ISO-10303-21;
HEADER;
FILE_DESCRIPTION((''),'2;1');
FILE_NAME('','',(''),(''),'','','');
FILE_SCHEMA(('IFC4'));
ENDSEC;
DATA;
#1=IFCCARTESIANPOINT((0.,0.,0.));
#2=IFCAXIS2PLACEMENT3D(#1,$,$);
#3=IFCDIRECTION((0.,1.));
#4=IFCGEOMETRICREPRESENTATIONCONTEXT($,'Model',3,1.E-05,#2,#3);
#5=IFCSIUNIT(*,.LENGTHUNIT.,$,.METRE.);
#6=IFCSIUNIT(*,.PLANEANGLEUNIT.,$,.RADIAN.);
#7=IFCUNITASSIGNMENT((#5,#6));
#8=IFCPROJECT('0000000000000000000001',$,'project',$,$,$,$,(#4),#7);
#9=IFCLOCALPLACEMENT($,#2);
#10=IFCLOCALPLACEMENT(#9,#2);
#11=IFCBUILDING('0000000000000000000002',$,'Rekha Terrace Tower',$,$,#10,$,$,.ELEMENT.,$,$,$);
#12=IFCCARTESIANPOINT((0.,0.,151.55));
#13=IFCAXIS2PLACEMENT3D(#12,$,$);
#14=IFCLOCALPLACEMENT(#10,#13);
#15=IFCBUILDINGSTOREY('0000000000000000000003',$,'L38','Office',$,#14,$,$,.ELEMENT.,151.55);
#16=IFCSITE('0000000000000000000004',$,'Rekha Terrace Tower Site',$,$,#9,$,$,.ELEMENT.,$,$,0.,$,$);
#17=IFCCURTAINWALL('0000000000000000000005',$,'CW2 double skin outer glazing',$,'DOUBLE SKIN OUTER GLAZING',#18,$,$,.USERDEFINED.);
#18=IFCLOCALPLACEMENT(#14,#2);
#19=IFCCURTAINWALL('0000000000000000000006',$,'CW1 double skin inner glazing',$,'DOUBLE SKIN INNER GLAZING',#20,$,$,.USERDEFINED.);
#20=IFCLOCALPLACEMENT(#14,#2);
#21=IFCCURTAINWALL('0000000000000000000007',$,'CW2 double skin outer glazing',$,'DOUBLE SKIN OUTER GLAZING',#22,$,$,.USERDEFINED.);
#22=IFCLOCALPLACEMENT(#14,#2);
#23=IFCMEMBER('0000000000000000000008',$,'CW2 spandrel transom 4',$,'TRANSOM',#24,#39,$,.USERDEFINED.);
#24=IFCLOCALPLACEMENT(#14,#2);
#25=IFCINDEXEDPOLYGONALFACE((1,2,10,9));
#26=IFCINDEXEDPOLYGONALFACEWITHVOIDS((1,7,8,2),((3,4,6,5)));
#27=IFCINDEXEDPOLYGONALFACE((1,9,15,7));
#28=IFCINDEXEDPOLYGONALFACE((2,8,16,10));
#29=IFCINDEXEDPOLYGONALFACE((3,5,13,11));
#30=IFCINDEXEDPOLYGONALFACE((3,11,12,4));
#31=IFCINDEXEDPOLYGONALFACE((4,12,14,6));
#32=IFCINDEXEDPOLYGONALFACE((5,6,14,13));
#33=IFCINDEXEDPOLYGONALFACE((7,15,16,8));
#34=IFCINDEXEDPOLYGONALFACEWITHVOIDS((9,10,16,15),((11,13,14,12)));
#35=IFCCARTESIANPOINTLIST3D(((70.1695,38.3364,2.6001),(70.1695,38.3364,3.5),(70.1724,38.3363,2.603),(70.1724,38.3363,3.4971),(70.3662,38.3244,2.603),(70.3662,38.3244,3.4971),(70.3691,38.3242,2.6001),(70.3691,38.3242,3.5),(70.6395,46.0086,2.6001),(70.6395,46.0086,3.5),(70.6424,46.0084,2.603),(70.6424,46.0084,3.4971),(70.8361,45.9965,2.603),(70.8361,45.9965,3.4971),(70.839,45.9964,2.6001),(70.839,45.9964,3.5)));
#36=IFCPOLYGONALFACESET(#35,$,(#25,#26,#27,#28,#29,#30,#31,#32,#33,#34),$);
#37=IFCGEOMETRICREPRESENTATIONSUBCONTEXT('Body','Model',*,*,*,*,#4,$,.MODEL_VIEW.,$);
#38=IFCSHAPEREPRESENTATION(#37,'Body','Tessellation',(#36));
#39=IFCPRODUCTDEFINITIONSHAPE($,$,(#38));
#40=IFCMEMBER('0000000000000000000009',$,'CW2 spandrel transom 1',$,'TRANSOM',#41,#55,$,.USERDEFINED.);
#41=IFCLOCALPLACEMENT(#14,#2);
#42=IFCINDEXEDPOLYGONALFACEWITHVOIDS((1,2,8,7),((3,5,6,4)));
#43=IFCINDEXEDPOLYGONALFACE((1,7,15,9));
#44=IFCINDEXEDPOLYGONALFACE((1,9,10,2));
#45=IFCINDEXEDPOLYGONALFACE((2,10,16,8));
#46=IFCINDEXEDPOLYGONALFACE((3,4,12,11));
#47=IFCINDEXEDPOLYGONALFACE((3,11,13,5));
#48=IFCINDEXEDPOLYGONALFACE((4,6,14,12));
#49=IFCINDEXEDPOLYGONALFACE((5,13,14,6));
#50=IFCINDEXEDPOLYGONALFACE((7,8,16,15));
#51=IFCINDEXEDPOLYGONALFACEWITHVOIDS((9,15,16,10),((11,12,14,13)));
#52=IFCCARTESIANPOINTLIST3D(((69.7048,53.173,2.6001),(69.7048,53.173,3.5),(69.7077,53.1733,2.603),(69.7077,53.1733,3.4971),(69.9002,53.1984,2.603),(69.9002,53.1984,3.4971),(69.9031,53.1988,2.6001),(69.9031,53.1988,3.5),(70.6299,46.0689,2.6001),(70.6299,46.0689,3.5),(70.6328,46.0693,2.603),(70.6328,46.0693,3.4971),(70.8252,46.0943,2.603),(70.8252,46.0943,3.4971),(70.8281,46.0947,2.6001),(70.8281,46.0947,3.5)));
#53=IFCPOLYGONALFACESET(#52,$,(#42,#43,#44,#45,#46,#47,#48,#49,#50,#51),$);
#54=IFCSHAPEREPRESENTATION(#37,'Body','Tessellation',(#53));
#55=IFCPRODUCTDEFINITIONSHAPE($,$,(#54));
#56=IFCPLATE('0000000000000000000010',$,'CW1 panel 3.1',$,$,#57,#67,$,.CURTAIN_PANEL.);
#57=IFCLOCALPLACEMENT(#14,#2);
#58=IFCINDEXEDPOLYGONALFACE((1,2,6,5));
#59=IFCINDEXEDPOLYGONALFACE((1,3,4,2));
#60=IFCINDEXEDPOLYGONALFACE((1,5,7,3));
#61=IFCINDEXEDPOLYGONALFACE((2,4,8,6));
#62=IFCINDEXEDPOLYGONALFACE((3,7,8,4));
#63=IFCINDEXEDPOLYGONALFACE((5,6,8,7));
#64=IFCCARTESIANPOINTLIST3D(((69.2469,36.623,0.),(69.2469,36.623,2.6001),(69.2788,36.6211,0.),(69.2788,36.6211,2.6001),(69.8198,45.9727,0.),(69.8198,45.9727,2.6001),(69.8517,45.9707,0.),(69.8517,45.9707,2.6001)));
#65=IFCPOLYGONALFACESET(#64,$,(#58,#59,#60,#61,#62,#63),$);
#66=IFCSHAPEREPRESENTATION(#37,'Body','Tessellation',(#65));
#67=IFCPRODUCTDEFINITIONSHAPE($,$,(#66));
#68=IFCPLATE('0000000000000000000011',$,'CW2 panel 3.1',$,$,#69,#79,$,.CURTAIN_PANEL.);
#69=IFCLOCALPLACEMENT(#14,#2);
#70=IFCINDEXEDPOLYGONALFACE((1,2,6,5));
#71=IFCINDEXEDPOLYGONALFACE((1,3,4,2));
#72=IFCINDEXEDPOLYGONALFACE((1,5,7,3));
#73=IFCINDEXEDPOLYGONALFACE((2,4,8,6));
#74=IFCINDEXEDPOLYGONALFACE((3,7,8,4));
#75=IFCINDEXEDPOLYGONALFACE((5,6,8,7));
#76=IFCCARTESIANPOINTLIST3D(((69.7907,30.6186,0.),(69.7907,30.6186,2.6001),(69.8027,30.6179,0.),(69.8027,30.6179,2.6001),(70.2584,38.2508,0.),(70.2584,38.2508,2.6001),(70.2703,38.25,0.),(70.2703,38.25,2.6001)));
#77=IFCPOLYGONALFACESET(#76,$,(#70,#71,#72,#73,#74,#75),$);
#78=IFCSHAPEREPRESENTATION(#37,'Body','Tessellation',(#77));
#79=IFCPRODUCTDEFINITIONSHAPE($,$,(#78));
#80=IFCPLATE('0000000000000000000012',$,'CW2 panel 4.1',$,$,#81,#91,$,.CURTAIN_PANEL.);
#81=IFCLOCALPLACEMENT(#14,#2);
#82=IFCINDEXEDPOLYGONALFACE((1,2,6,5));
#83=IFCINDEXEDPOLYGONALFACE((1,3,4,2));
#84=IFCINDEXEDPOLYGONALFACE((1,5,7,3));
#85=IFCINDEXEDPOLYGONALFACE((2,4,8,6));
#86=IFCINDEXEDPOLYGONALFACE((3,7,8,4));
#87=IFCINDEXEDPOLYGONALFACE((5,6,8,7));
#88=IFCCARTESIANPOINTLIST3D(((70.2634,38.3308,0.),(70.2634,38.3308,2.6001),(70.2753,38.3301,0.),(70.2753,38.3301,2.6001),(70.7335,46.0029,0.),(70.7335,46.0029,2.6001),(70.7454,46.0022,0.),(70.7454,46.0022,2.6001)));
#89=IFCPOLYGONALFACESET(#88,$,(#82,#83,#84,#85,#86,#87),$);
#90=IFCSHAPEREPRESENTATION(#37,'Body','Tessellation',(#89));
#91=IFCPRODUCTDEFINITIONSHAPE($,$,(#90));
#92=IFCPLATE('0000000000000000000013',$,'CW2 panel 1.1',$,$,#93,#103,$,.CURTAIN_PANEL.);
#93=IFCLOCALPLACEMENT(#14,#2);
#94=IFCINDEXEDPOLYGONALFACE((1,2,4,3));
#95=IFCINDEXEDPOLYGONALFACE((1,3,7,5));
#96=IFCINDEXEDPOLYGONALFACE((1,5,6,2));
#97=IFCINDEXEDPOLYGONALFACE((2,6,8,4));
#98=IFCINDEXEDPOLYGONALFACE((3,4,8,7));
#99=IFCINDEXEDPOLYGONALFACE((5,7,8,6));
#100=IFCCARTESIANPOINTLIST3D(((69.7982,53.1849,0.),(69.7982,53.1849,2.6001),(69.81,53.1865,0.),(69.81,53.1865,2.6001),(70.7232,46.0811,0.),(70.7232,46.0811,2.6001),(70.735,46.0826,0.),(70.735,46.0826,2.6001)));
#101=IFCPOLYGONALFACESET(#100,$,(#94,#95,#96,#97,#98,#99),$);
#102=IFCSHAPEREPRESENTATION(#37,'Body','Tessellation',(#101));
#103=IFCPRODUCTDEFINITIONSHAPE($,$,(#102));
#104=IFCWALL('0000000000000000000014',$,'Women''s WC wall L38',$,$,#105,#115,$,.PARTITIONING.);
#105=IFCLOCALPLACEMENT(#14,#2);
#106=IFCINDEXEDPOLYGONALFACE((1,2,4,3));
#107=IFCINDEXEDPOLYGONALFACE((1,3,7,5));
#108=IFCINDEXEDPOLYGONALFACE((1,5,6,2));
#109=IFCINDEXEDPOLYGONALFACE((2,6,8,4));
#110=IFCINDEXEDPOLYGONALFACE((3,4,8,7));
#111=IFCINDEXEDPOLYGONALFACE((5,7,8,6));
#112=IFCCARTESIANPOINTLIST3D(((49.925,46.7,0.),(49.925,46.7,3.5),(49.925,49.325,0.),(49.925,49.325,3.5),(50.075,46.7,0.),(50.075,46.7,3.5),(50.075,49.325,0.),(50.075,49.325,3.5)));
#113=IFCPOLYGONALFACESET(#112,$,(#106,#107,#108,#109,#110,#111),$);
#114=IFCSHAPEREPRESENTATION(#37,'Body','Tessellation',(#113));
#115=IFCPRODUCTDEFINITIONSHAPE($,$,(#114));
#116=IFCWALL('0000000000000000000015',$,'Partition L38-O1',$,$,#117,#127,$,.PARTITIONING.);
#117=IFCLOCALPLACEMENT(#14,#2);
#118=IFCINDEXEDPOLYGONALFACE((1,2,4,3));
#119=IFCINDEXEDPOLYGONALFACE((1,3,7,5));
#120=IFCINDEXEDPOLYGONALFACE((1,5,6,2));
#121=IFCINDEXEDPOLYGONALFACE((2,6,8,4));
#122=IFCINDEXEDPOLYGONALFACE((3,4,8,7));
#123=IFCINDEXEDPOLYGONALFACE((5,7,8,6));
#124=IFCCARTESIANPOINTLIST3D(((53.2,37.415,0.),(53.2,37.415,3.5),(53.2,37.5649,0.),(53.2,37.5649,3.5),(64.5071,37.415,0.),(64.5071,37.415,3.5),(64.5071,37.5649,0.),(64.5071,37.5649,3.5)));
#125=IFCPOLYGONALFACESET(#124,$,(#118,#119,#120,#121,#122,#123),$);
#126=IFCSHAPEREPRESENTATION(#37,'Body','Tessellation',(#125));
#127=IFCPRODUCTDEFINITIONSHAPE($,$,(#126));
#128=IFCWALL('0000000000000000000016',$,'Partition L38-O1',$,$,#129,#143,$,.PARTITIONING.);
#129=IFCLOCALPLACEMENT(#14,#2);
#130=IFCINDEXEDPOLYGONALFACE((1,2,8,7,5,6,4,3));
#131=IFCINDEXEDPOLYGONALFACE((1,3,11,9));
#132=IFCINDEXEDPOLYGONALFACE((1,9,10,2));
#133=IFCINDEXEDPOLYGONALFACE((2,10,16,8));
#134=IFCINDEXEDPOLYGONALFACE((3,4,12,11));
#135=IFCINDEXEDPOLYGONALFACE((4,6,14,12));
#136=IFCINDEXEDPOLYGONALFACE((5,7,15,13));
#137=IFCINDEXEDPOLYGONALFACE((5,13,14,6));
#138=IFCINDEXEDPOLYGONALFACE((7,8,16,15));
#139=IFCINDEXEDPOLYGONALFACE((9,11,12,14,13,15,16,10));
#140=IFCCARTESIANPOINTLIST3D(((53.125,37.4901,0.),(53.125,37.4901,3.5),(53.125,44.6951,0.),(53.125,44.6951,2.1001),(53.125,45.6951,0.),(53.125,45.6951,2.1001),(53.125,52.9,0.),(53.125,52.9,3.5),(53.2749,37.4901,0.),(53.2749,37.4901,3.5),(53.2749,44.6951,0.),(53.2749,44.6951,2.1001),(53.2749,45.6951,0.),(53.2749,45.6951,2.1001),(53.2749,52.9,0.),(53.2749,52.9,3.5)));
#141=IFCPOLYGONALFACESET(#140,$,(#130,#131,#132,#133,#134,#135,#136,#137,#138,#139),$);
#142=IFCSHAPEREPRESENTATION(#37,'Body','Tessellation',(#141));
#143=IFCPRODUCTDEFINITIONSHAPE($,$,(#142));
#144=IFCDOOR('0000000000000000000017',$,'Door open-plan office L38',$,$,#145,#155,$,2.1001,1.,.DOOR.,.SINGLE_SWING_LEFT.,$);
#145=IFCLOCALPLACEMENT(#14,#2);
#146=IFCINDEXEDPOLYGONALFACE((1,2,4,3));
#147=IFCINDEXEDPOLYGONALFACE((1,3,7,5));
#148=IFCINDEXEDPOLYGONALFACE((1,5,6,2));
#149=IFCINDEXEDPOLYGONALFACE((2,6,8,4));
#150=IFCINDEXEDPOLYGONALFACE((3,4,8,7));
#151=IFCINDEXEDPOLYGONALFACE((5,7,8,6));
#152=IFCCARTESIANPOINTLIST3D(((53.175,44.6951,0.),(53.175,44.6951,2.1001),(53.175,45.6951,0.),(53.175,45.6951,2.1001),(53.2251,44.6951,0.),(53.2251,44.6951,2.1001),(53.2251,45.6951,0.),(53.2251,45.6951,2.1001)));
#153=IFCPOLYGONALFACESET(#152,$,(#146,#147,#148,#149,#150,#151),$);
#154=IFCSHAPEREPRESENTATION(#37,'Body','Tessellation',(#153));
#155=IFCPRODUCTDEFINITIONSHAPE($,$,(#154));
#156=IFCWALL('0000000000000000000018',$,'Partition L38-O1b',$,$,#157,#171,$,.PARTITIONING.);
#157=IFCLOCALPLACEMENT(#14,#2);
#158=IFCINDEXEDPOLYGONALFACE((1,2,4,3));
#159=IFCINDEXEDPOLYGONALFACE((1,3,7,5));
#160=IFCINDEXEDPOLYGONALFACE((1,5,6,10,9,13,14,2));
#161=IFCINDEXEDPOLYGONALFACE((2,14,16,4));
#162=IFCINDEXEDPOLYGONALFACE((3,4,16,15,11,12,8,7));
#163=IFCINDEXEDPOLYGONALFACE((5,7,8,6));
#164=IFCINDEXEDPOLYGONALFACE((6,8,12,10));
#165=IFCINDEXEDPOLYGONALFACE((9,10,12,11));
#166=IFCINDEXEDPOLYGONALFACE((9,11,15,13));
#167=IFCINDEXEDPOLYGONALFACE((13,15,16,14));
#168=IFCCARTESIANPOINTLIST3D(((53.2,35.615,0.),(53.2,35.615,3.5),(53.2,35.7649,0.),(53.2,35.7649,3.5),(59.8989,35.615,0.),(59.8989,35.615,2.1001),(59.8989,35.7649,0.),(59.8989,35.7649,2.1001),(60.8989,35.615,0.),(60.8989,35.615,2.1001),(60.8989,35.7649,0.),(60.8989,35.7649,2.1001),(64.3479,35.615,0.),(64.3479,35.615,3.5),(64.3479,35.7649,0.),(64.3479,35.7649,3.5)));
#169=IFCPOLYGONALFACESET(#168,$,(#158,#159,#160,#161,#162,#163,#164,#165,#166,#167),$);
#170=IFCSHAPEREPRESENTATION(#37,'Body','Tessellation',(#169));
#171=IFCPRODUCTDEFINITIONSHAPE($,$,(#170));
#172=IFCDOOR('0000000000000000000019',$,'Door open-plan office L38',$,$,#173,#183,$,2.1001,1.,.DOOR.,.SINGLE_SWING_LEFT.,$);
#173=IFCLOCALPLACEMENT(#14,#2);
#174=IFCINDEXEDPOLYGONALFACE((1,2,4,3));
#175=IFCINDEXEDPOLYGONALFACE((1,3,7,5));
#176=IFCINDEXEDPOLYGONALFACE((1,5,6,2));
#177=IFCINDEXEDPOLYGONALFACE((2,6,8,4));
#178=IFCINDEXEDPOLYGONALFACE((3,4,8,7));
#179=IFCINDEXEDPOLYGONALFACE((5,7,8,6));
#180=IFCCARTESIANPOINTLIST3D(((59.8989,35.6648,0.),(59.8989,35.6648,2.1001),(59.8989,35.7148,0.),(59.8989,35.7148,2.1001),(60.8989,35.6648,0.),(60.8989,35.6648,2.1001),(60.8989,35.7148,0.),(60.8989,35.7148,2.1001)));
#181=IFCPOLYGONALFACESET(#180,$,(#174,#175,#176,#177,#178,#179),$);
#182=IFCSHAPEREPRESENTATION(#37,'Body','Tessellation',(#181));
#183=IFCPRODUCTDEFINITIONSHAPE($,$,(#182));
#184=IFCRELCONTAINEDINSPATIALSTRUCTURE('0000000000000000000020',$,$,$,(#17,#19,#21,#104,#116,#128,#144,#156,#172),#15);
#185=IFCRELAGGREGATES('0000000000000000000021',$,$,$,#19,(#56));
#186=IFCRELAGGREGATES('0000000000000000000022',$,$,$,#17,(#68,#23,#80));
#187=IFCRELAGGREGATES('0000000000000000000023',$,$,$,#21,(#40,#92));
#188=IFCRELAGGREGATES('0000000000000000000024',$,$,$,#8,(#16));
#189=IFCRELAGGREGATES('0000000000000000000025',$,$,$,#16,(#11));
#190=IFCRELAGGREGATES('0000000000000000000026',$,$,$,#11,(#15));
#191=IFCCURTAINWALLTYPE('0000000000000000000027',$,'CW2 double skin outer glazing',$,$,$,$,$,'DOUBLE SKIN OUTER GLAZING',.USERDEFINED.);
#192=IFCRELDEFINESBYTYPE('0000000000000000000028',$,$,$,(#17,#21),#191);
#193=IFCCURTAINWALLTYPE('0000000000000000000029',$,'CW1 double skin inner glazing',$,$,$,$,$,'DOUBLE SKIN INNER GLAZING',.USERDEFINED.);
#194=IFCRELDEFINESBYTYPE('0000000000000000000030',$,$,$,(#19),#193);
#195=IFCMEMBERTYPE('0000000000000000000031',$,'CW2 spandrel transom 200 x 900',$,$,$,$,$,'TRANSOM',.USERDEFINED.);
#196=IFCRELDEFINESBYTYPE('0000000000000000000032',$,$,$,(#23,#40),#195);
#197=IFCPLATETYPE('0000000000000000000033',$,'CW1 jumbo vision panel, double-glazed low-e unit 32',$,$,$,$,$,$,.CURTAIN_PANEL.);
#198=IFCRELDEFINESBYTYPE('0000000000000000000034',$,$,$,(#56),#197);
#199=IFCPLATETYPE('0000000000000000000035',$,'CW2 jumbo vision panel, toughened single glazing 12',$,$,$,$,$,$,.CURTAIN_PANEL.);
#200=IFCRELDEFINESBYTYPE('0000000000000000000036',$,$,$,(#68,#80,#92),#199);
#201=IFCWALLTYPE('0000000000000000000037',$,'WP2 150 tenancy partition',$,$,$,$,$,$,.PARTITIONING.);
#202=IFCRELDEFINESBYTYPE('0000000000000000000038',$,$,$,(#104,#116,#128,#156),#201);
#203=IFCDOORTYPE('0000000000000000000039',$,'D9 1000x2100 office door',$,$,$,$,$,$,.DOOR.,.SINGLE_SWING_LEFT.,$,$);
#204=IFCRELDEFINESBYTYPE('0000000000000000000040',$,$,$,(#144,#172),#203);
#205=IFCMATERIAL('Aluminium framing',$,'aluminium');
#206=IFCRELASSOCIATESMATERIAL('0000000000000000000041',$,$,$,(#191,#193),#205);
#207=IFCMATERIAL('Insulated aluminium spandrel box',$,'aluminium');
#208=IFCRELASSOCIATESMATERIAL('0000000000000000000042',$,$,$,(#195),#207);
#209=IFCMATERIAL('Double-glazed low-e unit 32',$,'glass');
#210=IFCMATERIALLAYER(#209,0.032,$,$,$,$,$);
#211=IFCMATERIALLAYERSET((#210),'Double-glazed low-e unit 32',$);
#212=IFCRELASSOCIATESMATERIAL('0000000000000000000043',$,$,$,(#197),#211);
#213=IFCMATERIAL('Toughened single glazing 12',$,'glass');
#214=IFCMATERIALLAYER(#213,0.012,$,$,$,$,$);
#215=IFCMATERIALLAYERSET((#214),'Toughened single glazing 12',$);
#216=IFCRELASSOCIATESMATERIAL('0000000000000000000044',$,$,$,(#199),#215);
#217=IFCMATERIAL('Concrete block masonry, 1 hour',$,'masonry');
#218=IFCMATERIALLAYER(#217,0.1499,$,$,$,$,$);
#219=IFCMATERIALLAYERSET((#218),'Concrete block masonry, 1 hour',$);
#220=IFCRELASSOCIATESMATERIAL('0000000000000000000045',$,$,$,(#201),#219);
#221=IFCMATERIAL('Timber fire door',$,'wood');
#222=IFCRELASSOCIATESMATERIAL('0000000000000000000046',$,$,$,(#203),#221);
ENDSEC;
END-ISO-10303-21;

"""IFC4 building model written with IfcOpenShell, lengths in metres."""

from ifc_helpers import new_model, si_unit, direction, frame, frame_2d, origin, origin_2d, place, context, subcontext, project, spatial, rectangle, hollow_rectangle, extrude, material, layer, layer_set, material_profile, profile_set, type_object, element, fill, aggregate, save


model = new_model("IFC4")

# Units and contexts
model_context = context("Model", 3, precision=1e-05, world=origin(), true_north=direction((0.0, 1.0)))
body_context = subcontext(model_context, "Body", "Model", "MODEL_VIEW")
ifc_project = project(units=[si_unit("LENGTHUNIT", "METRE"), si_unit("PLANEANGLEUNIT", "RADIAN")], contexts=[model_context])

# Site, building, storey
site_placement = place(None, origin())
site = spatial("IfcSite", under=ifc_project, at=site_placement, Name="Rekha Terrace Tower Site", CompositionType="ELEMENT", RefElevation=0.0)
building_placement = place(site_placement, origin())
building = spatial("IfcBuilding", under=site, at=building_placement, Name="Rekha Terrace Tower", CompositionType="ELEMENT")
storey_placement = place(building_placement, frame((0.0, 0.0, 151.55)))
storey = spatial("IfcBuildingStorey", under=building, at=storey_placement, Name="L38", Description="Office", CompositionType="ELEMENT", Elevation=151.55)

# Curtain walls
ifc_material_1 = material(Name="Aluminium framing", Category="aluminium")
curtain_wall_type_1 = type_object("IfcCurtainWallType", Name="CW2 double skin outer glazing", ElementType="DOUBLE SKIN OUTER GLAZING", PredefinedType="USERDEFINED", material=ifc_material_1)
curtain_wall_1_placement = place(storey_placement, origin())
curtain_wall_1 = element("IfcCurtainWall", 1, at=curtain_wall_1_placement, inside=storey, type_object=curtain_wall_type_1, Name="CW2 double skin outer glazing", ObjectType="DOUBLE SKIN OUTER GLAZING", PredefinedType="USERDEFINED")
curtain_wall_type_2 = type_object("IfcCurtainWallType", Name="CW1 double skin inner glazing", ElementType="DOUBLE SKIN INNER GLAZING", PredefinedType="USERDEFINED", material=ifc_material_1)
curtain_wall_2_placement = place(storey_placement, origin())
curtain_wall_2 = element("IfcCurtainWall", 2, at=curtain_wall_2_placement, inside=storey, type_object=curtain_wall_type_2, Name="CW1 double skin inner glazing", ObjectType="DOUBLE SKIN INNER GLAZING", PredefinedType="USERDEFINED")

# Shared definitions
ifc_material_2 = material(Name="Insulated aluminium spandrel box", Category="aluminium")

# Curtain wall
curtain_wall_3_placement = place(storey_placement, origin())
curtain_wall_3 = element("IfcCurtainWall", 3, at=curtain_wall_3_placement, inside=storey, type_object=curtain_wall_type_1, Name="CW2 double skin outer glazing", ObjectType="DOUBLE SKIN OUTER GLAZING", PredefinedType="USERDEFINED")

# Members
ifc_material_profile_1 = material_profile(ifc_material_2, hollow_rectangle(XDim=0.2, YDim=0.8999, WallThickness=0.0029, at=origin_2d()), Name="AL SPANDREL BOX 200x900")
ifc_profile_set_1 = profile_set([ifc_material_profile_1], Name="Insulated aluminium spandrel box")
member_type_1 = type_object("IfcMemberType", Name="CW2 spandrel transom 200 x 900", ElementType="TRANSOM", PredefinedType="USERDEFINED", material=ifc_profile_set_1)
member_1_placement = place(storey_placement, frame((70.2693, 38.3303, 3.05), z_axis=(0.061142, 0.998129, 0.0), x_axis=(-0.998129, 0.061142, 0.0)))
member_1 = element("IfcMember", 4, at=member_1_placement, type_object=member_type_1, Name="CW2 spandrel transom 4", ObjectType="TRANSOM", PredefinedType="USERDEFINED", context=body_context, shape_type="SweptSolid", body=[
    extrude(hollow_rectangle(XDim=0.2, YDim=0.8999, WallThickness=0.0029, at=origin_2d()), origin(), (0.0, 0.0, 1.0), 7.6865),
])
member_2_placement = place(storey_placement, frame((70.729, 46.0818, 3.05), z_axis=(-0.129125, 0.991628, 0.0), x_axis=(-0.991628, -0.129125, 0.0)))
member_2 = element("IfcMember", 5, at=member_2_placement, type_object=member_type_1, Name="CW2 spandrel transom 1", ObjectType="TRANSOM", PredefinedType="USERDEFINED", context=body_context, shape_type="SweptSolid", body=[
    extrude(hollow_rectangle(XDim=0.2, YDim=0.8999, WallThickness=0.0029, at=origin_2d()), origin(), (0.0, 0.0, 1.0), 7.1641),
])

# Plates
ifc_material_3 = material(Name="Double-glazed low-e unit 32", Category="glass")
ifc_layer_1 = layer(ifc_material_3, 0.032)
ifc_layer_set_1 = layer_set([ifc_layer_1], Name="Double-glazed low-e unit 32")
plate_type_1 = type_object("IfcPlateType", Name="CW1 jumbo vision panel, double-glazed low-e unit 32", PredefinedType="CURTAIN_PANEL", material=ifc_layer_set_1)
plate_1_placement = place(storey_placement, frame((69.5493, 41.2969, 0.0), z_axis=(0.0, 0.0, 1.0), x_axis=(0.06116, 0.998128, 0.0)))
plate_1 = element("IfcPlate", 6, at=plate_1_placement, type_object=plate_type_1, Name="CW1 panel 3.1", PredefinedType="CURTAIN_PANEL", context=body_context, shape_type="SweptSolid", body=[
    extrude(rectangle(XDim=9.3672, YDim=0.032, at=origin_2d()), origin(), (0.0, 0.0, 1.0), 2.6001),
])
aggregate(curtain_wall_2, [plate_1])
ifc_material_4 = material(Name="Toughened single glazing 12", Category="glass")
ifc_layer_2 = layer(ifc_material_4, 0.012)
ifc_layer_set_2 = layer_set([ifc_layer_2], Name="Toughened single glazing 12")
plate_type_2 = type_object("IfcPlateType", Name="CW2 jumbo vision panel, toughened single glazing 12", PredefinedType="CURTAIN_PANEL", material=ifc_layer_set_2)
plate_2_placement = place(storey_placement, frame((70.0305, 34.4343, 0.0), z_axis=(0.0, 0.0, 1.0), x_axis=(0.06116, 0.998128, 0.0)))
plate_2 = element("IfcPlate", 7, at=plate_2_placement, type_object=plate_type_2, Name="CW2 panel 3.1", PredefinedType="CURTAIN_PANEL", context=body_context, shape_type="SweptSolid", body=[
    extrude(rectangle(XDim=7.6465, YDim=0.012, at=origin_2d()), origin(), (0.0, 0.0, 1.0), 2.6001),
])
plate_3_placement = place(storey_placement, frame((70.5044, 42.1665, 0.0), z_axis=(0.0, 0.0, 1.0), x_axis=(0.06116, 0.998128, 0.0)))
plate_3 = element("IfcPlate", 8, at=plate_3_placement, type_object=plate_type_2, Name="CW2 panel 4.1", PredefinedType="CURTAIN_PANEL", context=body_context, shape_type="SweptSolid", body=[
    extrude(rectangle(XDim=7.6865, YDim=0.012, at=origin_2d()), origin(), (0.0, 0.0, 1.0), 2.6001),
])
aggregate(curtain_wall_1, [plate_2, member_1, plate_3])
plate_4_placement = place(storey_placement, frame((70.2666, 49.6338, 0.0), z_axis=(0.0, 0.0, 1.0), x_axis=(-0.129118, 0.991629, 0.0)))
plate_4 = element("IfcPlate", 9, at=plate_4_placement, type_object=plate_type_2, Name="CW2 panel 1.1", PredefinedType="CURTAIN_PANEL", context=body_context, shape_type="SweptSolid", body=[
    extrude(rectangle(XDim=7.1638, YDim=0.012, at=origin_2d()), origin(), (0.0, 0.0, 1.0), 2.6001),
])
aggregate(curtain_wall_3, [member_2, plate_4])

# Walls
ifc_material_5 = material(Name="Concrete block masonry, 1 hour", Category="masonry")
ifc_layer_3 = layer(ifc_material_5, 0.1499)
ifc_layer_set_3 = layer_set([ifc_layer_3], Name="Concrete block masonry, 1 hour")
wall_type_1 = type_object("IfcWallType", Name="WP2 150 tenancy partition", PredefinedType="PARTITIONING", material=ifc_layer_set_3)
wall_1_placement = place(storey_placement, frame((50.0, 46.7, 0.0), z_axis=(0.0, 0.0, 1.0), x_axis=(0.0, 1.0, 0.0)))
element("IfcWall", 10, at=wall_1_placement, inside=storey, type_object=wall_type_1, Name="Women's WC wall L38", PredefinedType="PARTITIONING", context=body_context, shape_type="SweptSolid", body=[
    extrude(rectangle(XDim=2.625, YDim=0.1499, at=frame_2d((1.3125, 0.0))), origin(), (0.0, 0.0, 1.0), 3.5),
])
wall_2_placement = place(storey_placement, frame((64.5071, 37.49, 0.0), z_axis=(0.0, 0.0, 1.0), x_axis=(-1.0, 0.0, 0.0)))
element("IfcWall", 11, at=wall_2_placement, inside=storey, type_object=wall_type_1, Name="Partition L38-O1", PredefinedType="PARTITIONING", context=body_context, shape_type="SweptSolid", body=[
    extrude(rectangle(XDim=11.3071, YDim=0.1499, at=frame_2d((5.6536, 0.0))), origin(), (0.0, 0.0, 1.0), 3.5),
])

# Walls, openings, doors
wall_3_placement = place(storey_placement, frame((53.2, 37.49, 0.0), z_axis=(0.0, 0.0, 1.0), x_axis=(0.0, 1.0, 0.0)))
wall_3 = element("IfcWall", 12, at=wall_3_placement, inside=storey, type_object=wall_type_1, Name="Partition L38-O1", PredefinedType="PARTITIONING", context=body_context, shape_type="SweptSolid", body=[
    extrude(rectangle(XDim=15.4099, YDim=0.1499, at=frame_2d((7.7051, 0.0))), origin(), (0.0, 0.0, 1.0), 3.5),
])
opening_1_placement = place(wall_3_placement, frame((7.2051, 0.0, 0.0)))
opening_1 = element("IfcOpeningElement", 13, at=opening_1_placement, cuts=wall_3, PredefinedType="OPENING", context=body_context, shape_type="SweptSolid", body=[
    extrude(rectangle(XDim=1.0, YDim=2.1001, at=frame_2d((0.5, 1.05))), frame((0.0, 0.085, 0.0), z_axis=(0.0, -1.0, 0.0), x_axis=(1.0, 0.0, 0.0)), (0.0, 0.0, 1.0), 0.1699),
])
ifc_material_6 = material(Name="Timber fire door", Category="wood")
door_type = type_object("IfcDoorType", Name="D9 1000x2100 office door", OperationType="SINGLE_SWING_LEFT", PredefinedType="DOOR", material=ifc_material_6)
door_1_placement = place(opening_1_placement, origin())
door_1 = element("IfcDoor", 14, at=door_1_placement, inside=storey, type_object=door_type, Name="Door open-plan office L38", OperationType="SINGLE_SWING_LEFT", OverallHeight=2.1001, OverallWidth=1.0, PredefinedType="DOOR", context=body_context, shape_type="SweptSolid", body=[
    extrude(rectangle(XDim=1.0, YDim=2.1001, at=frame_2d((0.5, 1.05))), frame((0.0, 0.0249, 0.0), z_axis=(0.0, -1.0, 0.0), x_axis=(1.0, 0.0, 0.0)), (0.0, 0.0, 1.0), 0.05),
])
fill(opening_1, door_1)
wall_4_placement = place(storey_placement, frame((53.2, 35.6899, 0.0), z_axis=(0.0, 0.0, 1.0), x_axis=(1.0, 0.0, 0.0)))
wall_4 = element("IfcWall", 15, at=wall_4_placement, inside=storey, type_object=wall_type_1, Name="Partition L38-O1b", PredefinedType="PARTITIONING", context=body_context, shape_type="SweptSolid", body=[
    extrude(rectangle(XDim=11.1479, YDim=0.1499, at=frame_2d((5.574, 0.0))), origin(), (0.0, 0.0, 1.0), 3.5),
])
opening_2_placement = place(wall_4_placement, frame((6.699, 0.0, 0.0)))
opening_2 = element("IfcOpeningElement", 16, at=opening_2_placement, cuts=wall_4, PredefinedType="OPENING", context=body_context, shape_type="SweptSolid", body=[
    extrude(rectangle(XDim=1.0, YDim=2.1001, at=frame_2d((0.5, 1.05))), frame((0.0, 0.085, 0.0), z_axis=(0.0, -1.0, 0.0), x_axis=(1.0, 0.0, 0.0)), (0.0, 0.0, 1.0), 0.1699),
])
door_2_placement = place(opening_2_placement, origin())
door_2 = element("IfcDoor", 17, at=door_2_placement, inside=storey, type_object=door_type, Name="Door open-plan office L38", OperationType="SINGLE_SWING_LEFT", OverallHeight=2.1001, OverallWidth=1.0, PredefinedType="DOOR", context=body_context, shape_type="SweptSolid", body=[
    extrude(rectangle(XDim=1.0, YDim=2.1001, at=frame_2d((0.5, 1.05))), frame((0.0, 0.0249, 0.0), z_axis=(0.0, -1.0, 0.0), x_axis=(1.0, 0.0, 0.0)), (0.0, 0.0, 1.0), 0.05),
])
fill(opening_2, door_2)

save(model, "model.ifc")
